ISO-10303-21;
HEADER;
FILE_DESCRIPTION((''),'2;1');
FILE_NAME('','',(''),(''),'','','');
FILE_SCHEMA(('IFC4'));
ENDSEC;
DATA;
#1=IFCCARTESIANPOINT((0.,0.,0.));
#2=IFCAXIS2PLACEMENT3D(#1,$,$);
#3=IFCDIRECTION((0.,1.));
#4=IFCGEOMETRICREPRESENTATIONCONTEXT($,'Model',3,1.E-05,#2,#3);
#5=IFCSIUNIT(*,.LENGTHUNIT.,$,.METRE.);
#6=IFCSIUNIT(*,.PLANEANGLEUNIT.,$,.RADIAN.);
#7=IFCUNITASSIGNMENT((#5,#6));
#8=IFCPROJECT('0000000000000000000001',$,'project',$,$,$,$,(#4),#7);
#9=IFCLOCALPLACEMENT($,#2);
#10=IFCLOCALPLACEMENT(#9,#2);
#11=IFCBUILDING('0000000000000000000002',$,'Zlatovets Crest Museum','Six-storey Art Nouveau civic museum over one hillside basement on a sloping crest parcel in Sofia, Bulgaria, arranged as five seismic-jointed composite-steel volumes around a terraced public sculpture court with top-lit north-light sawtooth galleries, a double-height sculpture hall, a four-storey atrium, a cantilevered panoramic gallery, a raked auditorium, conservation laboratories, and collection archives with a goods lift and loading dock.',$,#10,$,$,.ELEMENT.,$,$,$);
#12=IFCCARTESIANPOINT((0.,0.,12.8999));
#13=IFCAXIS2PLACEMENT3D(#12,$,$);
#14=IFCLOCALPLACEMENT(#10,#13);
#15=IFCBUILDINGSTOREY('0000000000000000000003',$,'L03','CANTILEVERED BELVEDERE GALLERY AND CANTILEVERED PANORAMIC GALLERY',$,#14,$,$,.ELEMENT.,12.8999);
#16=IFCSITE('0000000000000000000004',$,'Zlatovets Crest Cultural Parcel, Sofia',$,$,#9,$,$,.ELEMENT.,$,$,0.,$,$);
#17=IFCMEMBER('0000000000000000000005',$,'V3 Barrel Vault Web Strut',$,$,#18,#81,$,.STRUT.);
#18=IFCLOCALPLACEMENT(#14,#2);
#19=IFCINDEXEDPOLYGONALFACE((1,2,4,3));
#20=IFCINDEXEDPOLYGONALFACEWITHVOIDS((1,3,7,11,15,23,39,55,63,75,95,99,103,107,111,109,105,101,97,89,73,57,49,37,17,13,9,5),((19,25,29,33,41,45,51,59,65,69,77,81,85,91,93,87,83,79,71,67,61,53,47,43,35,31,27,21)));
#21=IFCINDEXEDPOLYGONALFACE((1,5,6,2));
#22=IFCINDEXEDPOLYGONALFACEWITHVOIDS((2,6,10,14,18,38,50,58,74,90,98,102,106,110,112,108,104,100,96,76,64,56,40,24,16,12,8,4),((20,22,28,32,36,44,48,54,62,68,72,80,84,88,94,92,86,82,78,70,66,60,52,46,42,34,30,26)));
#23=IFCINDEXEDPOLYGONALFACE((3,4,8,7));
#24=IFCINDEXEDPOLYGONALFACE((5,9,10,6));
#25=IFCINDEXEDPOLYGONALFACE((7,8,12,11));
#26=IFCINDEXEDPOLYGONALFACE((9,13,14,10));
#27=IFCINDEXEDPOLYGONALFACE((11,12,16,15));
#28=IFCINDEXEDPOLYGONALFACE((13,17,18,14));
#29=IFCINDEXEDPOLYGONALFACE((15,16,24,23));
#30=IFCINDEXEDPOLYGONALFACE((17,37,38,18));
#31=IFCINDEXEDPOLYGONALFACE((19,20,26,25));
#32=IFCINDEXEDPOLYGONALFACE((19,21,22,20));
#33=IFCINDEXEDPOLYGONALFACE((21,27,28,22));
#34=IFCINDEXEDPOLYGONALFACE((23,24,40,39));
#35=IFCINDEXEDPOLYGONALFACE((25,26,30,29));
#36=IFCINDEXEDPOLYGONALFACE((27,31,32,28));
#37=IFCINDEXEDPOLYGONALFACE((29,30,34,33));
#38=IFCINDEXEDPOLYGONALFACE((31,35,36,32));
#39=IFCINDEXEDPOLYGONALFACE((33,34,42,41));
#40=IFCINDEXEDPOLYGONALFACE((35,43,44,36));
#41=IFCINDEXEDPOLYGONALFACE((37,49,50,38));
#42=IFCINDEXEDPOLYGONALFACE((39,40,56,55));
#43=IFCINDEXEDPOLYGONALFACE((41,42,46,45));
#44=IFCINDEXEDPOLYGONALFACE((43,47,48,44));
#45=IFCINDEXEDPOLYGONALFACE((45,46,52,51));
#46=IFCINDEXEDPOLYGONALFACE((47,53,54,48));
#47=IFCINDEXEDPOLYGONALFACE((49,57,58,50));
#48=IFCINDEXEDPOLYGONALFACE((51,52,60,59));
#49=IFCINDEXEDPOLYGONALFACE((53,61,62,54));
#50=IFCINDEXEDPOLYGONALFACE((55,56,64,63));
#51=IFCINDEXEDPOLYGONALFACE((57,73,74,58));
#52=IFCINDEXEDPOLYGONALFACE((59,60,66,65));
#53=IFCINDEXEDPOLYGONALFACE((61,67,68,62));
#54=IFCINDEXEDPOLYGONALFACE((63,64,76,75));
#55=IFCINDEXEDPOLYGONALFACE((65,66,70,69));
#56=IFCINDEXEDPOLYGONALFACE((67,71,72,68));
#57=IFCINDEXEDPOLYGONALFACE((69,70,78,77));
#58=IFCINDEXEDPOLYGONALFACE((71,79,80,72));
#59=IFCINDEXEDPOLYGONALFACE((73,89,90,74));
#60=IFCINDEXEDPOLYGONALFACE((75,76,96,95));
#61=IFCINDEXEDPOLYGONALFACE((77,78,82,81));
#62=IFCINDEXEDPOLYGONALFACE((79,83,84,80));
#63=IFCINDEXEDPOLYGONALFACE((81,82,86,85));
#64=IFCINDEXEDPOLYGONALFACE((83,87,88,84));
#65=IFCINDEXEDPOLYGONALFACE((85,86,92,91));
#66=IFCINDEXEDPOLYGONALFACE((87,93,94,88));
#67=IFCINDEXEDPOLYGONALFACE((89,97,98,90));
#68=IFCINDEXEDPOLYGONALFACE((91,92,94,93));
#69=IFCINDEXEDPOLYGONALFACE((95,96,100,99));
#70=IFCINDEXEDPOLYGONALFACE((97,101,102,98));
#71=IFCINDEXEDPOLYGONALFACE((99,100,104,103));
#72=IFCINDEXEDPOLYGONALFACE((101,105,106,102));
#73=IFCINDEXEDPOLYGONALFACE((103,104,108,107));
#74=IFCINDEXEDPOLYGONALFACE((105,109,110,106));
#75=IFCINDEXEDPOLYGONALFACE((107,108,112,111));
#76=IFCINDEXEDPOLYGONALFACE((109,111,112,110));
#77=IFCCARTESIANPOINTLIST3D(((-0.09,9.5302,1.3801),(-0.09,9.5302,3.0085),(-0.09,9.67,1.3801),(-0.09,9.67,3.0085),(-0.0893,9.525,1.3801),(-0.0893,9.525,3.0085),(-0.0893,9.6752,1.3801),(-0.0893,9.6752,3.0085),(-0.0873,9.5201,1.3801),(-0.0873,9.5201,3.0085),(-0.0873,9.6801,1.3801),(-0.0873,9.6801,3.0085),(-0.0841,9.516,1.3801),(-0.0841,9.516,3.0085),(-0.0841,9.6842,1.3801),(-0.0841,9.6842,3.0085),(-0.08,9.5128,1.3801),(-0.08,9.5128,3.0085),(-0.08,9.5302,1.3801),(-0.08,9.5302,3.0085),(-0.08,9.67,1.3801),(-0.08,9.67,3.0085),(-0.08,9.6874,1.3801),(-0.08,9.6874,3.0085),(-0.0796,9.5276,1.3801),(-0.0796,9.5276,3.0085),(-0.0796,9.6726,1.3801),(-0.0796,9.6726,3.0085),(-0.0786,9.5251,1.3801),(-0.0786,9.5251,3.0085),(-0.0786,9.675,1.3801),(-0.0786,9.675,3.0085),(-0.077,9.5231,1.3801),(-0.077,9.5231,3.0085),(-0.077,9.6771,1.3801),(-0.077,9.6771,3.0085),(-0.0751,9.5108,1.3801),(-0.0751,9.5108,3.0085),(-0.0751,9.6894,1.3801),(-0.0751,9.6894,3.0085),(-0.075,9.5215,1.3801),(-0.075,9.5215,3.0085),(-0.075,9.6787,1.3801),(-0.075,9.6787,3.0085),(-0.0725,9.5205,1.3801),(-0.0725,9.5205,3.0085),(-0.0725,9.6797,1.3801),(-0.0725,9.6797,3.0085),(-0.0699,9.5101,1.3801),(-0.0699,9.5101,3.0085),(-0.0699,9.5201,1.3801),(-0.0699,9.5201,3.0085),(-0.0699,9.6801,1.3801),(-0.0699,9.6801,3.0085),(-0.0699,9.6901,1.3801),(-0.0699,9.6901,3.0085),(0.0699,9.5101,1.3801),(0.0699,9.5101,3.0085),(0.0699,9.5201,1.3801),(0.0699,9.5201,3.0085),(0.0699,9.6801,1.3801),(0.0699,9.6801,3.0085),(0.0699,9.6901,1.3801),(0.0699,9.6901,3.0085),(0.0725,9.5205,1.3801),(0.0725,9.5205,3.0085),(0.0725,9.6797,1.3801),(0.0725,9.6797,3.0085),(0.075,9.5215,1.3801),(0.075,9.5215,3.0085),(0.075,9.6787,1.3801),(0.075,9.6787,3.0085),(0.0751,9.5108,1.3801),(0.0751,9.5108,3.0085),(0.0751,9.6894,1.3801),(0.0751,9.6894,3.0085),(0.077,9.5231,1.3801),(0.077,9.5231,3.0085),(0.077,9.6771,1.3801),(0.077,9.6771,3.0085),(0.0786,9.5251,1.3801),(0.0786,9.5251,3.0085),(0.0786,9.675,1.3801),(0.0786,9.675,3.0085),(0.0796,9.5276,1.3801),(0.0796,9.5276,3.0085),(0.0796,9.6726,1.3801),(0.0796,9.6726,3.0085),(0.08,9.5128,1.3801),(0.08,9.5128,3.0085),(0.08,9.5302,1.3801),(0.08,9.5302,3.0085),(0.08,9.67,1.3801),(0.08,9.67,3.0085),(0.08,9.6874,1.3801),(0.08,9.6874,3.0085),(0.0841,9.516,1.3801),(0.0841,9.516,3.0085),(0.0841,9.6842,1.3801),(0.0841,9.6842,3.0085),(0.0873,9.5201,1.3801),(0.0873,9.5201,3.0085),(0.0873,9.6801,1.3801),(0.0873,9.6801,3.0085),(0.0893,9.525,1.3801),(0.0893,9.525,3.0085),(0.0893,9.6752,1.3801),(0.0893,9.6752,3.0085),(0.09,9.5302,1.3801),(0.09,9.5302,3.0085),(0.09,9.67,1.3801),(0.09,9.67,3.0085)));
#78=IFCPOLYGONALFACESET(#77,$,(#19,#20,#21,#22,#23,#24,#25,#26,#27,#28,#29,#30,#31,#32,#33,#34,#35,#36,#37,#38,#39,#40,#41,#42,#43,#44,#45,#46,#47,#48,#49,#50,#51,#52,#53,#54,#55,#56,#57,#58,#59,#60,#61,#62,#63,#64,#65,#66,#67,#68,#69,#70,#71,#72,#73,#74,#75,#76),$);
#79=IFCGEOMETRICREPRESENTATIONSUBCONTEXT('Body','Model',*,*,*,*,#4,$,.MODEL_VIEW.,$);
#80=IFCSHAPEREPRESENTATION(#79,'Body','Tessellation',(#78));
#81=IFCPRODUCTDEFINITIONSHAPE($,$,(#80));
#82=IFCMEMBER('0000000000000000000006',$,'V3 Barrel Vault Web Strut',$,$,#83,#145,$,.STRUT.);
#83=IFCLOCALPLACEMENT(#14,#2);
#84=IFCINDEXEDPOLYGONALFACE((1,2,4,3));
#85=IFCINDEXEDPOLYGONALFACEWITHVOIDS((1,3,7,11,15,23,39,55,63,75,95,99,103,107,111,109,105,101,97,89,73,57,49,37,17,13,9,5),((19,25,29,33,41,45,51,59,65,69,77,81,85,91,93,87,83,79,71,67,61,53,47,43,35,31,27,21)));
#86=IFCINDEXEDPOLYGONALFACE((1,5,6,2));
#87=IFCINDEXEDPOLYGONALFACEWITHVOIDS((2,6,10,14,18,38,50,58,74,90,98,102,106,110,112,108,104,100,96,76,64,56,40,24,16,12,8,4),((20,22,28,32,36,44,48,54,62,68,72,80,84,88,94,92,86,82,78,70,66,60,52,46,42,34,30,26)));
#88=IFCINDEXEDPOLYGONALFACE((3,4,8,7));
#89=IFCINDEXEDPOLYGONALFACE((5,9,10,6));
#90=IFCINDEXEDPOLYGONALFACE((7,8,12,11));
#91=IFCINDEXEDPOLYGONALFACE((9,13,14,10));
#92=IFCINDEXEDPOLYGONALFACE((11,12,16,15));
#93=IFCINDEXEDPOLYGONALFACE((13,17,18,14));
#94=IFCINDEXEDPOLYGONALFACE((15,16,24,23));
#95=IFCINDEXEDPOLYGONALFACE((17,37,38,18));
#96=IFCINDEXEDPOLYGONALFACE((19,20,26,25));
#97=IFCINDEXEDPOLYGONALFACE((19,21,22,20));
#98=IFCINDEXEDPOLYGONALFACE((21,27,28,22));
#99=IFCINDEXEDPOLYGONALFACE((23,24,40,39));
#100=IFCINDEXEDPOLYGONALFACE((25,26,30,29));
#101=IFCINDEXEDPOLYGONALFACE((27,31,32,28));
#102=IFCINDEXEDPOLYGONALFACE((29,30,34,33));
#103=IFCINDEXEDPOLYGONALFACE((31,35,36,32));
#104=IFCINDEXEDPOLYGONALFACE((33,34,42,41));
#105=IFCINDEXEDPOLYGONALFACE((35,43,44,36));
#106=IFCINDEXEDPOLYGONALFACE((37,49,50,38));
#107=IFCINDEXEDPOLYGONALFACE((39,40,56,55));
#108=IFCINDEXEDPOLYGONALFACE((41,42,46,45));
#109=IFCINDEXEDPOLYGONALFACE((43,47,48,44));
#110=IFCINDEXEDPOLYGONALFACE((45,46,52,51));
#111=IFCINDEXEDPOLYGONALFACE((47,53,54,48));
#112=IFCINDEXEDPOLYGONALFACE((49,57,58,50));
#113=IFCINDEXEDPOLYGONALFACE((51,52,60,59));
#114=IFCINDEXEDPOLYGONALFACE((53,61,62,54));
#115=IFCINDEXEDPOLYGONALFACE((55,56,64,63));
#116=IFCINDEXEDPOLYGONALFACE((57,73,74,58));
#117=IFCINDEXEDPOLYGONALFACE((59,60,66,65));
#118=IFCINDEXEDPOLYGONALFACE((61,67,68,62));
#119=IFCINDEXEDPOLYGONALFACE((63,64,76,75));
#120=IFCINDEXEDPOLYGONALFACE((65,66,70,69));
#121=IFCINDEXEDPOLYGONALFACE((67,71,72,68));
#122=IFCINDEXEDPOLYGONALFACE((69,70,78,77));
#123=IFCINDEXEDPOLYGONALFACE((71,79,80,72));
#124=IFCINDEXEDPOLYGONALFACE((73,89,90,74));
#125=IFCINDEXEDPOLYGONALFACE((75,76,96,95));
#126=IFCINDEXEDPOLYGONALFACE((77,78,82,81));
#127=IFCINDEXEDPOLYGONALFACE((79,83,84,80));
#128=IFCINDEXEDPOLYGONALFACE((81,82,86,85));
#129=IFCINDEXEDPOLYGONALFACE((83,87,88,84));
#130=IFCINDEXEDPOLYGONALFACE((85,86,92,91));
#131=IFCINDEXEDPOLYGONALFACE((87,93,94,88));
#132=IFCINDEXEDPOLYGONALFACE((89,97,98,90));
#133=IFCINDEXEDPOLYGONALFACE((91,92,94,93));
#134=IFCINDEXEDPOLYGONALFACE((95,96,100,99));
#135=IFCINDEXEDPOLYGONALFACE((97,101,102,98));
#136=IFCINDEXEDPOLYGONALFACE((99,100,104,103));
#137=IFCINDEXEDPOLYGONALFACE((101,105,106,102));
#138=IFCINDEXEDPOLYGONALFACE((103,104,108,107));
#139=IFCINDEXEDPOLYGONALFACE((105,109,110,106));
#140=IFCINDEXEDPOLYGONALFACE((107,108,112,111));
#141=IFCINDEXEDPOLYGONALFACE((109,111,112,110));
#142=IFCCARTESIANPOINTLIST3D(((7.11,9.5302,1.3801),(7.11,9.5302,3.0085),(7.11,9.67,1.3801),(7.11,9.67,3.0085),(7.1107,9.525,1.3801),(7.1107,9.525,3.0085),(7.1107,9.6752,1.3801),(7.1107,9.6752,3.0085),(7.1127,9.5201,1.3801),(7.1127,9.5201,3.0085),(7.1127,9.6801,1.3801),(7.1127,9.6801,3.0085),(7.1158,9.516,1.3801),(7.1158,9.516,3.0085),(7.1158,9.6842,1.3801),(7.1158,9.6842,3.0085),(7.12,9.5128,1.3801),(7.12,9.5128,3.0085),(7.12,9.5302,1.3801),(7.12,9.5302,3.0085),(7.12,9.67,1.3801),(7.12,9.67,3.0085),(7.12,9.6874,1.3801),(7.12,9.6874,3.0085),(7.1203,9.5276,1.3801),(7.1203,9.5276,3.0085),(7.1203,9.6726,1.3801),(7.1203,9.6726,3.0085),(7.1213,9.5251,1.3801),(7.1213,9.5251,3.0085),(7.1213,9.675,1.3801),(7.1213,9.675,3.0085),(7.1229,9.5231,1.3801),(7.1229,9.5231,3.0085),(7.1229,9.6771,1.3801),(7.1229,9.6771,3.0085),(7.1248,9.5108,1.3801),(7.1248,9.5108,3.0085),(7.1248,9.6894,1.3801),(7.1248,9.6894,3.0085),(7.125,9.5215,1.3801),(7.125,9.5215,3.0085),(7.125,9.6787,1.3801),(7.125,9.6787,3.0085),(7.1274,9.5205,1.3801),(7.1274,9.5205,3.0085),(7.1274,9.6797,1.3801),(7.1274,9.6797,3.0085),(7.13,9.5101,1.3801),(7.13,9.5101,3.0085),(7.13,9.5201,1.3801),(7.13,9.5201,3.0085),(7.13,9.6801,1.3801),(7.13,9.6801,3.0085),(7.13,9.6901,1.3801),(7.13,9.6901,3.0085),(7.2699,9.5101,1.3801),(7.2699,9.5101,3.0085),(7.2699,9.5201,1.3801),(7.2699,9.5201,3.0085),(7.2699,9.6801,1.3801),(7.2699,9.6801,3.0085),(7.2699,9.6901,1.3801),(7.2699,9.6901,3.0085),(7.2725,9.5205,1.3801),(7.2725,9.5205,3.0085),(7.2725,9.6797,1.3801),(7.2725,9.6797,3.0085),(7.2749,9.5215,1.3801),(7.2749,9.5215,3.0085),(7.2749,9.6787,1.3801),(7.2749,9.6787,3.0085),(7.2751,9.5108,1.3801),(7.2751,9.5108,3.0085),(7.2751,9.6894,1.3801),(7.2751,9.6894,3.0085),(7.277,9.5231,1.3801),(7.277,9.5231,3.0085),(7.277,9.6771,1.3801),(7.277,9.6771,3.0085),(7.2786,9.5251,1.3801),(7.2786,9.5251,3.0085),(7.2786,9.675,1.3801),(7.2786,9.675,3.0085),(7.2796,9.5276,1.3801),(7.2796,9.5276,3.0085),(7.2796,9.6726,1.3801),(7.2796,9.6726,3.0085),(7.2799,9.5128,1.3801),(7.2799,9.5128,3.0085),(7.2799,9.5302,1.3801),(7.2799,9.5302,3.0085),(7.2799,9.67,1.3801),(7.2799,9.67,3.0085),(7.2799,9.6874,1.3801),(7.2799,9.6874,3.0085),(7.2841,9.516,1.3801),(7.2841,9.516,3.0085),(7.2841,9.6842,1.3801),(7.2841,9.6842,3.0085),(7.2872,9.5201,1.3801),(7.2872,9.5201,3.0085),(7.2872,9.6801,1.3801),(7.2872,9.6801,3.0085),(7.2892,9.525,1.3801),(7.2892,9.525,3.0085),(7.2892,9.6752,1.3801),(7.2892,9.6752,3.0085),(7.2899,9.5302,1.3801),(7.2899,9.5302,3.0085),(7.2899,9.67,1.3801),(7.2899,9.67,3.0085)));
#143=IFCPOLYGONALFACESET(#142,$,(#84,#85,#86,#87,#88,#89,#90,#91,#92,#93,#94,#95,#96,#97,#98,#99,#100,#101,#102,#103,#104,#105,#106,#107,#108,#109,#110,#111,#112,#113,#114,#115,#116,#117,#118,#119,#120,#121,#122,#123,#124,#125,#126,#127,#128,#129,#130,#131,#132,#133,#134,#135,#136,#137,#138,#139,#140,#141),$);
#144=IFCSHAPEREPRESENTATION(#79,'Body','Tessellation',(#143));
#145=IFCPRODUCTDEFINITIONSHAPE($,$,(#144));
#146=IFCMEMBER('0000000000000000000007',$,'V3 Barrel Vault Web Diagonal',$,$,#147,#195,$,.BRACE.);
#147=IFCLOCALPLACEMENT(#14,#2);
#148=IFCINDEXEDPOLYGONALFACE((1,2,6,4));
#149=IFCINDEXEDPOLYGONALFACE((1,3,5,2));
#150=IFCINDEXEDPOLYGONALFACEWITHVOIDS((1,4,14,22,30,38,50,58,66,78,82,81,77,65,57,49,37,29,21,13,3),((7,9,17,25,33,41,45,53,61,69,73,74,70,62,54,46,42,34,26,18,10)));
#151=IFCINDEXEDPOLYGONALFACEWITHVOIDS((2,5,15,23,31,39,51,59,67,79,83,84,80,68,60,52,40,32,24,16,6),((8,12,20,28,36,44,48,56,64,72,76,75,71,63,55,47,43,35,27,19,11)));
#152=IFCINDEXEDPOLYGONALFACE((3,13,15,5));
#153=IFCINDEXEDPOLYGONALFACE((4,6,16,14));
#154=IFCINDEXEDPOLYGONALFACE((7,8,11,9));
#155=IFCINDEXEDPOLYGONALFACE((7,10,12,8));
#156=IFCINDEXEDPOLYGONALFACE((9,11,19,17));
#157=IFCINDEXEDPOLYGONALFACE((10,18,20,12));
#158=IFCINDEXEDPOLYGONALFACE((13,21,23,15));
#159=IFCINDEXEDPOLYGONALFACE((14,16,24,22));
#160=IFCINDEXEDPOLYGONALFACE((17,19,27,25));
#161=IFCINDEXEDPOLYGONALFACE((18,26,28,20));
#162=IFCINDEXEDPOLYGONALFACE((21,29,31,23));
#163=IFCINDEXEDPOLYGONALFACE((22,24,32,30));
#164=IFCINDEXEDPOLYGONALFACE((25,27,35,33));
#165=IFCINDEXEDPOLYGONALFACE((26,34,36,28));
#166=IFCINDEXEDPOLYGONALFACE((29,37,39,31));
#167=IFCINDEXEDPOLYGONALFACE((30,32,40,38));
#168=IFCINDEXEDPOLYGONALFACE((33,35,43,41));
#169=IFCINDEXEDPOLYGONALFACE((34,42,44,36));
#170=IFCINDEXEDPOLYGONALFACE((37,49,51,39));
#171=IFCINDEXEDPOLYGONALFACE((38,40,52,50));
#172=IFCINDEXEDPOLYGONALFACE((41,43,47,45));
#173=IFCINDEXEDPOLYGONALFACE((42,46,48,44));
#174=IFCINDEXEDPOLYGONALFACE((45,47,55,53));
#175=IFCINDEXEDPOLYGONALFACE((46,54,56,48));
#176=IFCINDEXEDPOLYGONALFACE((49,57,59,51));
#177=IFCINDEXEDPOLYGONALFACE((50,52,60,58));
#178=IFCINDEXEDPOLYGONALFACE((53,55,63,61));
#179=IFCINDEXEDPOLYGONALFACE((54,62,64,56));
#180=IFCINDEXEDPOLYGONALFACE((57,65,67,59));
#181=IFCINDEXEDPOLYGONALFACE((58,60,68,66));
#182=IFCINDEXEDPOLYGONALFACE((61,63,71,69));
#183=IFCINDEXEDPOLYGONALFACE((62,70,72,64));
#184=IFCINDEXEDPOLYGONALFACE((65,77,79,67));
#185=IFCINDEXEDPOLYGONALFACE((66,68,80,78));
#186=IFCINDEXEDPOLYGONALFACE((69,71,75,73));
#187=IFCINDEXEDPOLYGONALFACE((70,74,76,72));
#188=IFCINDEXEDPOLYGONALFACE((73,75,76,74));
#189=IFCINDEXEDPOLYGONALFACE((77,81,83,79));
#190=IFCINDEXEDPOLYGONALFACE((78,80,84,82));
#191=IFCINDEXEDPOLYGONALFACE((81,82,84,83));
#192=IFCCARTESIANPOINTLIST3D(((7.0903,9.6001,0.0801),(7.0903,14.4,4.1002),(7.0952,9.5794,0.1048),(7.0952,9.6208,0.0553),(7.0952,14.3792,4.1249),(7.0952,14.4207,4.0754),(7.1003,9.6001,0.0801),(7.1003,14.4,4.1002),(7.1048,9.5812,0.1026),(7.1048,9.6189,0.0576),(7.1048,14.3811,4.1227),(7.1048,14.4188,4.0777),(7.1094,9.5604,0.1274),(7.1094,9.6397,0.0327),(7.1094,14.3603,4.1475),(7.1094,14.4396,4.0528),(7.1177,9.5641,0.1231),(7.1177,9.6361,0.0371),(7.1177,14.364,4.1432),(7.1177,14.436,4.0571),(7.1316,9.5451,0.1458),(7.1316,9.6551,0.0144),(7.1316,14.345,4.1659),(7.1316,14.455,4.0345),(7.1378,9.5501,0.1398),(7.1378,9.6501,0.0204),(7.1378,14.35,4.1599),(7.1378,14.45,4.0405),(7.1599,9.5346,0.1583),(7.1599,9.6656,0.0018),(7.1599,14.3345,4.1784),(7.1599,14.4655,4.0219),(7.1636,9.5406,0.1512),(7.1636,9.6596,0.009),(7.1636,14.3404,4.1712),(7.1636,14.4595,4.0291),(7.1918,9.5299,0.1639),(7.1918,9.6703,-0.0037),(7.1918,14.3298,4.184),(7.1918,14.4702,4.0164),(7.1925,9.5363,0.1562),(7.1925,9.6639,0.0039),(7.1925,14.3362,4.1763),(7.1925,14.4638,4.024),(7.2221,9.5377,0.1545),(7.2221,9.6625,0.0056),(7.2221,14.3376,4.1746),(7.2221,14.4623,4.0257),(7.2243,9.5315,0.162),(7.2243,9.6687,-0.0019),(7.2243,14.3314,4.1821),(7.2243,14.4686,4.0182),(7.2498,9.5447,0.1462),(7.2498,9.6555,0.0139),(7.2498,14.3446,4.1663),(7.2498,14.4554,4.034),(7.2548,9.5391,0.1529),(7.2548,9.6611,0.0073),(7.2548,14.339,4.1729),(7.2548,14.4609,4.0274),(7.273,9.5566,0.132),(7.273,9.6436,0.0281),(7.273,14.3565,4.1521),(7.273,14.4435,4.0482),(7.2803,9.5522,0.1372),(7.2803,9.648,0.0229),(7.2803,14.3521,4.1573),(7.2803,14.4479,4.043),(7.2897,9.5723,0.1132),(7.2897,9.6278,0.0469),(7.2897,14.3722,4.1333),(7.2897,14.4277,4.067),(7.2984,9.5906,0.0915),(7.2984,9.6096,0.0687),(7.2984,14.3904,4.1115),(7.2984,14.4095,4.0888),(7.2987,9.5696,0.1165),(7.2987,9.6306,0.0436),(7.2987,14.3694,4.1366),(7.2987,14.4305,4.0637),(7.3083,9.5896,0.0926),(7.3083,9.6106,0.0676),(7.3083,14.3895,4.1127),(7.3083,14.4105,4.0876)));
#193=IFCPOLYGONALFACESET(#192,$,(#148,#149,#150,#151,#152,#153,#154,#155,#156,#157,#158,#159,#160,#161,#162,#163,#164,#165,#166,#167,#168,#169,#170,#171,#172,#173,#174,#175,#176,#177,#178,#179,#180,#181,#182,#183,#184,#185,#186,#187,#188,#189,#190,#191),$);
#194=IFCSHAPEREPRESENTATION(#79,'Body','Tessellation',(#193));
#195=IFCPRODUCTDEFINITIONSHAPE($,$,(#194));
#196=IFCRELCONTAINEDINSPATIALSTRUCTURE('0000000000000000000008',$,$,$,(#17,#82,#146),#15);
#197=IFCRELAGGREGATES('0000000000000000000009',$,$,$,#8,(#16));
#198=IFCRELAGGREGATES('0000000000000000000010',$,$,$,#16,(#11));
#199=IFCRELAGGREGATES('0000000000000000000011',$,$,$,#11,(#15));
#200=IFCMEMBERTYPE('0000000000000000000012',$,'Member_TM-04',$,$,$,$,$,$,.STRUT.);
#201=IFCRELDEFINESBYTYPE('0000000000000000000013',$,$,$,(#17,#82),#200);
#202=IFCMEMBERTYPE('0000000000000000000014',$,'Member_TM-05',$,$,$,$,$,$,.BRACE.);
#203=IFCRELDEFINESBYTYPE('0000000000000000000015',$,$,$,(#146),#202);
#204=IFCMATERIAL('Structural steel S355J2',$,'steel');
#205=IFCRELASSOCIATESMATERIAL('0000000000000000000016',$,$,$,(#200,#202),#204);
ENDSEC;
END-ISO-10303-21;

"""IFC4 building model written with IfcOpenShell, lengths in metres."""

from ifc_helpers import new_model, si_unit, direction, frame, origin, origin_2d, place, context, subcontext, project, spatial, hollow_rectangle, hollow_circle, extrude, material, material_profile, profile_set, type_object, element, save


model = new_model("IFC4")

# Units and contexts
model_context = context("Model", 3, precision=1e-05, world=origin(), true_north=direction((0.0, 1.0)))
body_context = subcontext(model_context, "Body", "Model", "MODEL_VIEW")
ifc_project = project(units=[si_unit("LENGTHUNIT", "METRE"), si_unit("PLANEANGLEUNIT", "RADIAN")], contexts=[model_context])

# Site, building, storey
site_placement = place(None, origin())
site = spatial("IfcSite", under=ifc_project, at=site_placement, Name="Zlatovets Crest Cultural Parcel, Sofia", CompositionType="ELEMENT", RefElevation=0.0)
building_placement = place(site_placement, origin())
building = spatial("IfcBuilding", under=site, at=building_placement, Name="Zlatovets Crest Museum", Description="Six-storey Art Nouveau civic museum over one hillside basement on a sloping crest parcel in Sofia, Bulgaria, arranged as five seismic-jointed composite-steel volumes around a terraced public sculpture court with top-lit north-light sawtooth galleries, a double-height sculpture hall, a four-storey atrium, a cantilevered panoramic gallery, a raked auditorium, conservation laboratories, and collection archives with a goods lift and loading dock.", CompositionType="ELEMENT")
storey_placement = place(building_placement, frame((0.0, 0.0, 12.8999)))
storey = spatial("IfcBuildingStorey", under=building, at=storey_placement, Name="L03", Description="CANTILEVERED BELVEDERE GALLERY AND CANTILEVERED PANORAMIC GALLERY", CompositionType="ELEMENT", Elevation=12.8999)

# Shared definitions
ifc_material_1 = material(Name="Structural steel S355J2", Category="steel")

# Members
ifc_material_profile_1 = material_profile(ifc_material_1, hollow_rectangle(XDim=0.1799, YDim=0.1799, WallThickness=0.01, InnerFilletRadius=0.01, OuterFilletRadius=0.02, at=origin_2d()), Name="SHS 180x180x10.0")
ifc_profile_set_1 = profile_set([ifc_material_profile_1], Name="Structural steel S355J2")
member_type_1 = type_object("IfcMemberType", Name="Member_TM-04", PredefinedType="STRUT", material=ifc_profile_set_1)
for number, where, z_axis, x_axis, name in (
    (1, (0.0, 9.6001, 1.3801), (0.0, 0.0, 1.0), (1.0, 0.0, 0.0), "V3 Barrel Vault Web Strut"),
    (2, (7.2, 9.6001, 1.3801), (0.0, 0.0, 1.0), (1.0, 0.0, 0.0), "V3 Barrel Vault Web Strut"),
):
    element("IfcMember", number, at=place(storey_placement, frame(where, z_axis=z_axis, x_axis=x_axis)), inside=storey, type_object=member_type_1, Name=name, PredefinedType="STRUT", context=body_context, shape_type="SweptSolid", body=[
        extrude(hollow_rectangle(XDim=0.1799, YDim=0.1799, WallThickness=0.01, InnerFilletRadius=0.01, OuterFilletRadius=0.02, at=origin_2d()), origin(), (0.0, 0.0, 1.0), 1.6284),
    ])
ifc_material_profile_2 = material_profile(ifc_material_1, hollow_circle(Radius=0.1096, WallThickness=0.01, at=origin_2d()), Name="CHS 219.1x10.0")
ifc_profile_set_2 = profile_set([ifc_material_profile_2], Name="Structural steel S355J2")
member_type_2 = type_object("IfcMemberType", Name="Member_TM-05", PredefinedType="BRACE", material=ifc_profile_set_2)
member_1_placement = place(storey_placement, frame((7.2, 9.6001, 0.0801), z_axis=(0.0, 0.766634, 0.642085), x_axis=(-1.0, 0.0, 0.0)))
element("IfcMember", 3, at=member_1_placement, inside=storey, type_object=member_type_2, Name="V3 Barrel Vault Web Diagonal", PredefinedType="BRACE", context=body_context, shape_type="SweptSolid", body=[
    extrude(hollow_circle(Radius=0.1096, WallThickness=0.01, at=origin_2d()), origin(), (0.0, 0.0, 1.0), 6.261),
])

save(model, "model.ifc")
